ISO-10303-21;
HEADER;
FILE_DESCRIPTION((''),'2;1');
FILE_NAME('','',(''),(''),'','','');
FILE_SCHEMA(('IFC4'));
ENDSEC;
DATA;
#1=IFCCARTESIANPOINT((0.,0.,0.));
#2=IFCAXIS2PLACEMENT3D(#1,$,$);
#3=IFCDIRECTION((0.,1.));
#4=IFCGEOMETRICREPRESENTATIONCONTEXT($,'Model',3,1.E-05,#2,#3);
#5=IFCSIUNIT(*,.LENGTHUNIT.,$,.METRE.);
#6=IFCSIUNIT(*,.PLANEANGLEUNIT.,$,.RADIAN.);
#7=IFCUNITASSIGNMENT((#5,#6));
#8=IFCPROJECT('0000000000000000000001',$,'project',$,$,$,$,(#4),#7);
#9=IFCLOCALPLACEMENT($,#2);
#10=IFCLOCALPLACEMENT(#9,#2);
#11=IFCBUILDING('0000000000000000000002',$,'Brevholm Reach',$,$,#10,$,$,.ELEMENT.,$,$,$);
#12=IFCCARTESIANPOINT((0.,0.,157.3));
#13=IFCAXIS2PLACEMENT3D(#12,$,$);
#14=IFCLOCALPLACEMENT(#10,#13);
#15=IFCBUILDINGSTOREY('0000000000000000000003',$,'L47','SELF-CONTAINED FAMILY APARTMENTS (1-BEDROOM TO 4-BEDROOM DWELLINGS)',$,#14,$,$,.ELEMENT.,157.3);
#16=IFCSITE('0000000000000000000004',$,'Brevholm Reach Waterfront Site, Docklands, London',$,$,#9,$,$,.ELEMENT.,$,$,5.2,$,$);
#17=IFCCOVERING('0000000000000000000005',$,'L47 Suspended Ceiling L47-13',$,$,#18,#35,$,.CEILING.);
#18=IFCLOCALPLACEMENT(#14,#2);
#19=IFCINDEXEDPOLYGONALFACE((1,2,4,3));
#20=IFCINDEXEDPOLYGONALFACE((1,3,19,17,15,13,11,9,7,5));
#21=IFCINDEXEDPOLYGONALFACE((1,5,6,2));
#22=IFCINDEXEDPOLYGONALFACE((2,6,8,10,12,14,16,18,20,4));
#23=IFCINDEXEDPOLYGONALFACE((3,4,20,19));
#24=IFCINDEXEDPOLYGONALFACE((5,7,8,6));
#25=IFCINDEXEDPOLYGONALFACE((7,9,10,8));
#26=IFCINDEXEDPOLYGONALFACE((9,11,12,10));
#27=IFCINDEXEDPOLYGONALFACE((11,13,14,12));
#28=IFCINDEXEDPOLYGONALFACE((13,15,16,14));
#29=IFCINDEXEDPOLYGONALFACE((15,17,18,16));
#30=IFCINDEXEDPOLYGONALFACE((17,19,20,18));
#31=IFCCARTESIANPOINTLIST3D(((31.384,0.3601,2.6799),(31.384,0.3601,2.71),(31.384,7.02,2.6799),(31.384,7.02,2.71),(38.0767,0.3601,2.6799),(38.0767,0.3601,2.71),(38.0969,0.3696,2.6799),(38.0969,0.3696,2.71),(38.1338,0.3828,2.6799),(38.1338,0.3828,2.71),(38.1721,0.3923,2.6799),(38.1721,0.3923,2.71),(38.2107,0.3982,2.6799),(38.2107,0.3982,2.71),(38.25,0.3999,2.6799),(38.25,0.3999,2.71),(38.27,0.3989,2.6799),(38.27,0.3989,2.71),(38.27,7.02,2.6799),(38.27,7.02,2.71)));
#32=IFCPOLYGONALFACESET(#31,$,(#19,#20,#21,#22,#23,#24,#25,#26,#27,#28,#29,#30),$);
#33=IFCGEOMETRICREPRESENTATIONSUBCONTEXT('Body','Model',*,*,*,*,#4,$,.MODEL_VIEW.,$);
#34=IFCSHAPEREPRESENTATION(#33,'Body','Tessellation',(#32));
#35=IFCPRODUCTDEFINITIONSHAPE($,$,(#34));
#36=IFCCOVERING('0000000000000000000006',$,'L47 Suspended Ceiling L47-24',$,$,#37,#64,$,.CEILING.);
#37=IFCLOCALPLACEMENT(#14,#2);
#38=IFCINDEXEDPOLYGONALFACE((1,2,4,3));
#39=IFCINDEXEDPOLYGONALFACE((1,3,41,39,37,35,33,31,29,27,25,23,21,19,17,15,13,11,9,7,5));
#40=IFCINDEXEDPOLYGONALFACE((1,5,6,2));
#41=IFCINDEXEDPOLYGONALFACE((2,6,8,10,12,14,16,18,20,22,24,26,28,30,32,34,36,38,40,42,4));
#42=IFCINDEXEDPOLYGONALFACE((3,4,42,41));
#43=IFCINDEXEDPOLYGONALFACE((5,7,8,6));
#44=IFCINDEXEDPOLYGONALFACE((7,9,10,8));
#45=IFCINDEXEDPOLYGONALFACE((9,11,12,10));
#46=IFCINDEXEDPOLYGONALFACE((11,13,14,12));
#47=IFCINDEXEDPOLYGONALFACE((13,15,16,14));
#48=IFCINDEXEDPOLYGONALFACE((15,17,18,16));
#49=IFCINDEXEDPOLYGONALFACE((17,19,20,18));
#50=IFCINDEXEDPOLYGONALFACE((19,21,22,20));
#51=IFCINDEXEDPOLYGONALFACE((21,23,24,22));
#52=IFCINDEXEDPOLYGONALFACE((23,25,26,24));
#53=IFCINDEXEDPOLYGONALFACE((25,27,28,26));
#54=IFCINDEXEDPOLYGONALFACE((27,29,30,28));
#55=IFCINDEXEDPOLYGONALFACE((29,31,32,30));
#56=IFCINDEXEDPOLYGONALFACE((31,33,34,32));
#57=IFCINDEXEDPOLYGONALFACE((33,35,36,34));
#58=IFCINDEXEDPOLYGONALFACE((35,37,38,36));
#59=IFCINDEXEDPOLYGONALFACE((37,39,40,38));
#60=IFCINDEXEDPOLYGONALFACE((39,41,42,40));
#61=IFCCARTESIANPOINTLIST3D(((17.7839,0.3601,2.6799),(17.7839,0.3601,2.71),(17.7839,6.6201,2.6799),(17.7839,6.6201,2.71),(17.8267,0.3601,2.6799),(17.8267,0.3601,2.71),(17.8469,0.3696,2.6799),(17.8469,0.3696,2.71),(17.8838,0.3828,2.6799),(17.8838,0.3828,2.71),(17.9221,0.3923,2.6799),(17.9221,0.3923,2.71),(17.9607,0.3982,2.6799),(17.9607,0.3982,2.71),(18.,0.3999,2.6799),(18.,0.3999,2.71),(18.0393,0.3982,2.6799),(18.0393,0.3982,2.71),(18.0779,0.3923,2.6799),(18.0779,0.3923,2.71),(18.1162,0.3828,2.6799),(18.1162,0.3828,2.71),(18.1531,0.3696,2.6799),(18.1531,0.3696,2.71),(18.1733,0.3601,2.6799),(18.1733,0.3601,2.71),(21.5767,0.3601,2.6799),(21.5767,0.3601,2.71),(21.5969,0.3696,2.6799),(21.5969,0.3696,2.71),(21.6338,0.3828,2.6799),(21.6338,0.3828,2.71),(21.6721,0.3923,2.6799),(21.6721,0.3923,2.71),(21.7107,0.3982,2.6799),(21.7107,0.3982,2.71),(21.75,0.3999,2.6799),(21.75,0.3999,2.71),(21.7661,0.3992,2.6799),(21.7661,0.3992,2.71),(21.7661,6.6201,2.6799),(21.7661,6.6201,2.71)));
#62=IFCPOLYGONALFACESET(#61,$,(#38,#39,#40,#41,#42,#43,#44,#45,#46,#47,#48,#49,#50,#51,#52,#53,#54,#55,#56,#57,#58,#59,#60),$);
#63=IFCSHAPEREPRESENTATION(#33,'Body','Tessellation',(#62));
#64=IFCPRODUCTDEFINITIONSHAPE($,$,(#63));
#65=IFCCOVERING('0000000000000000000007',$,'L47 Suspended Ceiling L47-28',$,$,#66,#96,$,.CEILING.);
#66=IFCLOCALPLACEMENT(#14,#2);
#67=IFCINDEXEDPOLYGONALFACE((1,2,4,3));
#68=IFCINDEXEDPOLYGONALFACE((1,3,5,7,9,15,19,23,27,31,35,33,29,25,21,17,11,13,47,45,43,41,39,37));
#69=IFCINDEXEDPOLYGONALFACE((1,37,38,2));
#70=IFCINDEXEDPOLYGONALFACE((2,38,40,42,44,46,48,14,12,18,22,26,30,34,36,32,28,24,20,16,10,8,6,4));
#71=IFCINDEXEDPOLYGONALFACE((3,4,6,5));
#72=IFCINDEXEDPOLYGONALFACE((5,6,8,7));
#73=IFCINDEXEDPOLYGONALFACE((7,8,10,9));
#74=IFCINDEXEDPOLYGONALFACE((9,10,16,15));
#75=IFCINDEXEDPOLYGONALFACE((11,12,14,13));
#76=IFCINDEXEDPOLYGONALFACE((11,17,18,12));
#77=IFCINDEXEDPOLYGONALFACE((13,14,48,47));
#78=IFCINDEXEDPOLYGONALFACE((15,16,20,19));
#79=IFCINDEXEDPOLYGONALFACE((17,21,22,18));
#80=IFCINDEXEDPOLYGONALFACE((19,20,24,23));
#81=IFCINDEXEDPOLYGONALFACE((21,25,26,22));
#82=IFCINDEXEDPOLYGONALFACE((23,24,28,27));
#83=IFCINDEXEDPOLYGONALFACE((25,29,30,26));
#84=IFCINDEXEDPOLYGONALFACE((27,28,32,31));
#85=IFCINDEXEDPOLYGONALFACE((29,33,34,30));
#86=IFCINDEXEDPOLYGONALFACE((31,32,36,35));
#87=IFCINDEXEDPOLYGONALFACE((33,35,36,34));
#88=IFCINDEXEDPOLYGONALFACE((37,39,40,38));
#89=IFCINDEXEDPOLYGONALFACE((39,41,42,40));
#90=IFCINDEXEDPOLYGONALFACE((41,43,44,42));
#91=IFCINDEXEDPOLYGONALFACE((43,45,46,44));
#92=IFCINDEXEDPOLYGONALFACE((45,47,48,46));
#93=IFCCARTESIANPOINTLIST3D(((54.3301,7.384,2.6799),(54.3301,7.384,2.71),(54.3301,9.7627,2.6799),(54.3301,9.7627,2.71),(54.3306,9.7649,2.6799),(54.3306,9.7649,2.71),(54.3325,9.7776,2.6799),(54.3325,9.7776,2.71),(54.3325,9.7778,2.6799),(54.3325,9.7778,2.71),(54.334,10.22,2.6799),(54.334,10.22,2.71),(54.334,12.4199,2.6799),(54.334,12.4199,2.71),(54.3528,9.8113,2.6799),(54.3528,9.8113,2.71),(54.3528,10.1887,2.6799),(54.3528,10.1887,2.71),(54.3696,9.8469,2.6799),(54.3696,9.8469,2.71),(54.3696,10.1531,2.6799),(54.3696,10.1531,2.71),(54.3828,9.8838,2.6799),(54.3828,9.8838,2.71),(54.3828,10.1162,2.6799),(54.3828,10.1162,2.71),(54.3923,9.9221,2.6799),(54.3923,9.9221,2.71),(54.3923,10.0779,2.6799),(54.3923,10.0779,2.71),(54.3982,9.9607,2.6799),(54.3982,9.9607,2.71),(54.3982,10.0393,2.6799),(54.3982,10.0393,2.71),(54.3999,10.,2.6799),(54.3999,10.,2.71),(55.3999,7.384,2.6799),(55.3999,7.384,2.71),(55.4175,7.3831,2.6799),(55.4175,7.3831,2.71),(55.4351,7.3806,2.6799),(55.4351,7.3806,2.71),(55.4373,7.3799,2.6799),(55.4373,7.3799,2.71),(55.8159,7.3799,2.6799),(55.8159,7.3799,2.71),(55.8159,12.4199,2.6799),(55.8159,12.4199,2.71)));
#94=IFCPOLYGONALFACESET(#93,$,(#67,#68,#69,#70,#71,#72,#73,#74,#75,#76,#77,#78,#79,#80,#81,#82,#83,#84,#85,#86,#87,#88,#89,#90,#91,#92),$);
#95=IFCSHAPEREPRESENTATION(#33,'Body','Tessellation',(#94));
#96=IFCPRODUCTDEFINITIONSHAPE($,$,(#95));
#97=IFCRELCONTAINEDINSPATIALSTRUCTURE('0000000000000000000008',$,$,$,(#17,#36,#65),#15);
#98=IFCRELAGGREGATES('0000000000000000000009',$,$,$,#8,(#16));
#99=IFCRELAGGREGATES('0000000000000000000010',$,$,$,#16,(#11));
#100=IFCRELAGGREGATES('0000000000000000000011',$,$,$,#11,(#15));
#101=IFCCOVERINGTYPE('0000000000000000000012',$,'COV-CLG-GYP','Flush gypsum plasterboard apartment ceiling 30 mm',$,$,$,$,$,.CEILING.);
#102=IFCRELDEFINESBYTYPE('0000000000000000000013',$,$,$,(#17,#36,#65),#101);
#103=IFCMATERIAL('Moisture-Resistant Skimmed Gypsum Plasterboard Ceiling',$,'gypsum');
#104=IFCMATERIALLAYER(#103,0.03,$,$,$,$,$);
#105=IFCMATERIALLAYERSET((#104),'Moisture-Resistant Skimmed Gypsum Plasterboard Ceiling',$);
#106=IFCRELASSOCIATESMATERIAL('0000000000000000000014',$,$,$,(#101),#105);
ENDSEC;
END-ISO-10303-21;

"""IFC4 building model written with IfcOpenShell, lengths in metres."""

from ifc_helpers import new_model, si_unit, direction, frame, origin, place, context, subcontext, project, spatial, polyline, outline, extrude, material, layer, layer_set, type_object, element, save


model = new_model("IFC4")

# Units and contexts
model_context = context("Model", 3, precision=1e-05, world=origin(), true_north=direction((0.0, 1.0)))
body_context = subcontext(model_context, "Body", "Model", "MODEL_VIEW")
ifc_project = project(units=[si_unit("LENGTHUNIT", "METRE"), si_unit("PLANEANGLEUNIT", "RADIAN")], contexts=[model_context])

# Site, building, storey
site_placement = place(None, origin())
site = spatial("IfcSite", under=ifc_project, at=site_placement, Name="Brevholm Reach Waterfront Site, Docklands, London", CompositionType="ELEMENT", RefElevation=5.2)
building_placement = place(site_placement, origin())
building = spatial("IfcBuilding", under=site, at=building_placement, Name="Brevholm Reach", CompositionType="ELEMENT")
storey_placement = place(building_placement, frame((0.0, 0.0, 157.3)))
storey = spatial("IfcBuildingStorey", under=building, at=storey_placement, Name="L47", Description="SELF-CONTAINED FAMILY APARTMENTS (1-BEDROOM TO 4-BEDROOM DWELLINGS)", CompositionType="ELEMENT", Elevation=157.3)

# Coverings
ifc_material_1 = material(Name="Moisture-Resistant Skimmed Gypsum Plasterboard Ceiling", Category="gypsum")
ifc_layer_1 = layer(ifc_material_1, 0.03)
ifc_layer_set_1 = layer_set([ifc_layer_1], Name="Moisture-Resistant Skimmed Gypsum Plasterboard Ceiling")
covering_type_1 = type_object("IfcCoveringType", Name="COV-CLG-GYP", Description="Flush gypsum plasterboard apartment ceiling 30 mm", PredefinedType="CEILING", material=ifc_layer_set_1)
covering_1_placement = place(storey_placement, frame((0.0, 0.0, 2.6799)))
element("IfcCovering", 1, at=covering_1_placement, inside=storey, type_object=covering_type_1, Name="L47 Suspended Ceiling L47-13", PredefinedType="CEILING", context=body_context, shape_type="SweptSolid", body=[
    extrude(outline(polyline([(38.27, 7.02), (38.27, 0.3989), (38.25, 0.3999), (38.2107, 0.3982), (38.1721, 0.3923), (38.1338, 0.3828), (38.0969, 0.3696), (38.0767, 0.3601), (31.384, 0.3601), (31.384, 7.02), (38.27, 7.02)])), origin(), (0.0, 0.0, 1.0), 0.03),
])
covering_2_placement = place(storey_placement, frame((0.0, 0.0, 2.6799)))
element("IfcCovering", 2, at=covering_2_placement, inside=storey, type_object=covering_type_1, Name="L47 Suspended Ceiling L47-24", PredefinedType="CEILING", context=body_context, shape_type="SweptSolid", body=[
    extrude(outline(polyline([(21.7661, 6.6201), (21.7661, 0.3992), (21.75, 0.3999), (21.7107, 0.3982), (21.6721, 0.3923), (21.6338, 0.3828), (21.5969, 0.3696), (21.5767, 0.3601), (18.1733, 0.3601), (18.1531, 0.3696), (18.1162, 0.3828), (18.0779, 0.3923), (18.0393, 0.3982), (18.0, 0.3999), (17.9607, 0.3982), (17.9221, 0.3923), (17.8838, 0.3828), (17.8469, 0.3696), (17.8267, 0.3601), (17.7839, 0.3601), (17.7839, 6.6201), (21.7661, 6.6201)])), origin(), (0.0, 0.0, 1.0), 0.03),
])
covering_3_placement = place(storey_placement, frame((0.0, 0.0, 2.6799)))
element("IfcCovering", 3, at=covering_3_placement, inside=storey, type_object=covering_type_1, Name="L47 Suspended Ceiling L47-28", PredefinedType="CEILING", context=body_context, shape_type="SweptSolid", body=[
    extrude(outline(polyline([(54.3301, 9.7627), (54.3306, 9.7649), (54.3325, 9.7776), (54.3325, 9.7778), (54.3528, 9.8113), (54.3696, 9.8469), (54.3828, 9.8838), (54.3923, 9.9221), (54.3982, 9.9607), (54.3999, 10.0), (54.3982, 10.0393), (54.3923, 10.0779), (54.3828, 10.1162), (54.3696, 10.1531), (54.3528, 10.1887), (54.334, 10.22), (54.334, 12.4199), (55.8159, 12.4199), (55.8159, 7.3799), (55.4373, 7.3799), (55.4351, 7.3806), (55.4175, 7.3831), (55.3999, 7.384), (54.3301, 7.384), (54.3301, 9.7627)])), origin(), (0.0, 0.0, 1.0), 0.03),
])

save(model, "model.ifc")
